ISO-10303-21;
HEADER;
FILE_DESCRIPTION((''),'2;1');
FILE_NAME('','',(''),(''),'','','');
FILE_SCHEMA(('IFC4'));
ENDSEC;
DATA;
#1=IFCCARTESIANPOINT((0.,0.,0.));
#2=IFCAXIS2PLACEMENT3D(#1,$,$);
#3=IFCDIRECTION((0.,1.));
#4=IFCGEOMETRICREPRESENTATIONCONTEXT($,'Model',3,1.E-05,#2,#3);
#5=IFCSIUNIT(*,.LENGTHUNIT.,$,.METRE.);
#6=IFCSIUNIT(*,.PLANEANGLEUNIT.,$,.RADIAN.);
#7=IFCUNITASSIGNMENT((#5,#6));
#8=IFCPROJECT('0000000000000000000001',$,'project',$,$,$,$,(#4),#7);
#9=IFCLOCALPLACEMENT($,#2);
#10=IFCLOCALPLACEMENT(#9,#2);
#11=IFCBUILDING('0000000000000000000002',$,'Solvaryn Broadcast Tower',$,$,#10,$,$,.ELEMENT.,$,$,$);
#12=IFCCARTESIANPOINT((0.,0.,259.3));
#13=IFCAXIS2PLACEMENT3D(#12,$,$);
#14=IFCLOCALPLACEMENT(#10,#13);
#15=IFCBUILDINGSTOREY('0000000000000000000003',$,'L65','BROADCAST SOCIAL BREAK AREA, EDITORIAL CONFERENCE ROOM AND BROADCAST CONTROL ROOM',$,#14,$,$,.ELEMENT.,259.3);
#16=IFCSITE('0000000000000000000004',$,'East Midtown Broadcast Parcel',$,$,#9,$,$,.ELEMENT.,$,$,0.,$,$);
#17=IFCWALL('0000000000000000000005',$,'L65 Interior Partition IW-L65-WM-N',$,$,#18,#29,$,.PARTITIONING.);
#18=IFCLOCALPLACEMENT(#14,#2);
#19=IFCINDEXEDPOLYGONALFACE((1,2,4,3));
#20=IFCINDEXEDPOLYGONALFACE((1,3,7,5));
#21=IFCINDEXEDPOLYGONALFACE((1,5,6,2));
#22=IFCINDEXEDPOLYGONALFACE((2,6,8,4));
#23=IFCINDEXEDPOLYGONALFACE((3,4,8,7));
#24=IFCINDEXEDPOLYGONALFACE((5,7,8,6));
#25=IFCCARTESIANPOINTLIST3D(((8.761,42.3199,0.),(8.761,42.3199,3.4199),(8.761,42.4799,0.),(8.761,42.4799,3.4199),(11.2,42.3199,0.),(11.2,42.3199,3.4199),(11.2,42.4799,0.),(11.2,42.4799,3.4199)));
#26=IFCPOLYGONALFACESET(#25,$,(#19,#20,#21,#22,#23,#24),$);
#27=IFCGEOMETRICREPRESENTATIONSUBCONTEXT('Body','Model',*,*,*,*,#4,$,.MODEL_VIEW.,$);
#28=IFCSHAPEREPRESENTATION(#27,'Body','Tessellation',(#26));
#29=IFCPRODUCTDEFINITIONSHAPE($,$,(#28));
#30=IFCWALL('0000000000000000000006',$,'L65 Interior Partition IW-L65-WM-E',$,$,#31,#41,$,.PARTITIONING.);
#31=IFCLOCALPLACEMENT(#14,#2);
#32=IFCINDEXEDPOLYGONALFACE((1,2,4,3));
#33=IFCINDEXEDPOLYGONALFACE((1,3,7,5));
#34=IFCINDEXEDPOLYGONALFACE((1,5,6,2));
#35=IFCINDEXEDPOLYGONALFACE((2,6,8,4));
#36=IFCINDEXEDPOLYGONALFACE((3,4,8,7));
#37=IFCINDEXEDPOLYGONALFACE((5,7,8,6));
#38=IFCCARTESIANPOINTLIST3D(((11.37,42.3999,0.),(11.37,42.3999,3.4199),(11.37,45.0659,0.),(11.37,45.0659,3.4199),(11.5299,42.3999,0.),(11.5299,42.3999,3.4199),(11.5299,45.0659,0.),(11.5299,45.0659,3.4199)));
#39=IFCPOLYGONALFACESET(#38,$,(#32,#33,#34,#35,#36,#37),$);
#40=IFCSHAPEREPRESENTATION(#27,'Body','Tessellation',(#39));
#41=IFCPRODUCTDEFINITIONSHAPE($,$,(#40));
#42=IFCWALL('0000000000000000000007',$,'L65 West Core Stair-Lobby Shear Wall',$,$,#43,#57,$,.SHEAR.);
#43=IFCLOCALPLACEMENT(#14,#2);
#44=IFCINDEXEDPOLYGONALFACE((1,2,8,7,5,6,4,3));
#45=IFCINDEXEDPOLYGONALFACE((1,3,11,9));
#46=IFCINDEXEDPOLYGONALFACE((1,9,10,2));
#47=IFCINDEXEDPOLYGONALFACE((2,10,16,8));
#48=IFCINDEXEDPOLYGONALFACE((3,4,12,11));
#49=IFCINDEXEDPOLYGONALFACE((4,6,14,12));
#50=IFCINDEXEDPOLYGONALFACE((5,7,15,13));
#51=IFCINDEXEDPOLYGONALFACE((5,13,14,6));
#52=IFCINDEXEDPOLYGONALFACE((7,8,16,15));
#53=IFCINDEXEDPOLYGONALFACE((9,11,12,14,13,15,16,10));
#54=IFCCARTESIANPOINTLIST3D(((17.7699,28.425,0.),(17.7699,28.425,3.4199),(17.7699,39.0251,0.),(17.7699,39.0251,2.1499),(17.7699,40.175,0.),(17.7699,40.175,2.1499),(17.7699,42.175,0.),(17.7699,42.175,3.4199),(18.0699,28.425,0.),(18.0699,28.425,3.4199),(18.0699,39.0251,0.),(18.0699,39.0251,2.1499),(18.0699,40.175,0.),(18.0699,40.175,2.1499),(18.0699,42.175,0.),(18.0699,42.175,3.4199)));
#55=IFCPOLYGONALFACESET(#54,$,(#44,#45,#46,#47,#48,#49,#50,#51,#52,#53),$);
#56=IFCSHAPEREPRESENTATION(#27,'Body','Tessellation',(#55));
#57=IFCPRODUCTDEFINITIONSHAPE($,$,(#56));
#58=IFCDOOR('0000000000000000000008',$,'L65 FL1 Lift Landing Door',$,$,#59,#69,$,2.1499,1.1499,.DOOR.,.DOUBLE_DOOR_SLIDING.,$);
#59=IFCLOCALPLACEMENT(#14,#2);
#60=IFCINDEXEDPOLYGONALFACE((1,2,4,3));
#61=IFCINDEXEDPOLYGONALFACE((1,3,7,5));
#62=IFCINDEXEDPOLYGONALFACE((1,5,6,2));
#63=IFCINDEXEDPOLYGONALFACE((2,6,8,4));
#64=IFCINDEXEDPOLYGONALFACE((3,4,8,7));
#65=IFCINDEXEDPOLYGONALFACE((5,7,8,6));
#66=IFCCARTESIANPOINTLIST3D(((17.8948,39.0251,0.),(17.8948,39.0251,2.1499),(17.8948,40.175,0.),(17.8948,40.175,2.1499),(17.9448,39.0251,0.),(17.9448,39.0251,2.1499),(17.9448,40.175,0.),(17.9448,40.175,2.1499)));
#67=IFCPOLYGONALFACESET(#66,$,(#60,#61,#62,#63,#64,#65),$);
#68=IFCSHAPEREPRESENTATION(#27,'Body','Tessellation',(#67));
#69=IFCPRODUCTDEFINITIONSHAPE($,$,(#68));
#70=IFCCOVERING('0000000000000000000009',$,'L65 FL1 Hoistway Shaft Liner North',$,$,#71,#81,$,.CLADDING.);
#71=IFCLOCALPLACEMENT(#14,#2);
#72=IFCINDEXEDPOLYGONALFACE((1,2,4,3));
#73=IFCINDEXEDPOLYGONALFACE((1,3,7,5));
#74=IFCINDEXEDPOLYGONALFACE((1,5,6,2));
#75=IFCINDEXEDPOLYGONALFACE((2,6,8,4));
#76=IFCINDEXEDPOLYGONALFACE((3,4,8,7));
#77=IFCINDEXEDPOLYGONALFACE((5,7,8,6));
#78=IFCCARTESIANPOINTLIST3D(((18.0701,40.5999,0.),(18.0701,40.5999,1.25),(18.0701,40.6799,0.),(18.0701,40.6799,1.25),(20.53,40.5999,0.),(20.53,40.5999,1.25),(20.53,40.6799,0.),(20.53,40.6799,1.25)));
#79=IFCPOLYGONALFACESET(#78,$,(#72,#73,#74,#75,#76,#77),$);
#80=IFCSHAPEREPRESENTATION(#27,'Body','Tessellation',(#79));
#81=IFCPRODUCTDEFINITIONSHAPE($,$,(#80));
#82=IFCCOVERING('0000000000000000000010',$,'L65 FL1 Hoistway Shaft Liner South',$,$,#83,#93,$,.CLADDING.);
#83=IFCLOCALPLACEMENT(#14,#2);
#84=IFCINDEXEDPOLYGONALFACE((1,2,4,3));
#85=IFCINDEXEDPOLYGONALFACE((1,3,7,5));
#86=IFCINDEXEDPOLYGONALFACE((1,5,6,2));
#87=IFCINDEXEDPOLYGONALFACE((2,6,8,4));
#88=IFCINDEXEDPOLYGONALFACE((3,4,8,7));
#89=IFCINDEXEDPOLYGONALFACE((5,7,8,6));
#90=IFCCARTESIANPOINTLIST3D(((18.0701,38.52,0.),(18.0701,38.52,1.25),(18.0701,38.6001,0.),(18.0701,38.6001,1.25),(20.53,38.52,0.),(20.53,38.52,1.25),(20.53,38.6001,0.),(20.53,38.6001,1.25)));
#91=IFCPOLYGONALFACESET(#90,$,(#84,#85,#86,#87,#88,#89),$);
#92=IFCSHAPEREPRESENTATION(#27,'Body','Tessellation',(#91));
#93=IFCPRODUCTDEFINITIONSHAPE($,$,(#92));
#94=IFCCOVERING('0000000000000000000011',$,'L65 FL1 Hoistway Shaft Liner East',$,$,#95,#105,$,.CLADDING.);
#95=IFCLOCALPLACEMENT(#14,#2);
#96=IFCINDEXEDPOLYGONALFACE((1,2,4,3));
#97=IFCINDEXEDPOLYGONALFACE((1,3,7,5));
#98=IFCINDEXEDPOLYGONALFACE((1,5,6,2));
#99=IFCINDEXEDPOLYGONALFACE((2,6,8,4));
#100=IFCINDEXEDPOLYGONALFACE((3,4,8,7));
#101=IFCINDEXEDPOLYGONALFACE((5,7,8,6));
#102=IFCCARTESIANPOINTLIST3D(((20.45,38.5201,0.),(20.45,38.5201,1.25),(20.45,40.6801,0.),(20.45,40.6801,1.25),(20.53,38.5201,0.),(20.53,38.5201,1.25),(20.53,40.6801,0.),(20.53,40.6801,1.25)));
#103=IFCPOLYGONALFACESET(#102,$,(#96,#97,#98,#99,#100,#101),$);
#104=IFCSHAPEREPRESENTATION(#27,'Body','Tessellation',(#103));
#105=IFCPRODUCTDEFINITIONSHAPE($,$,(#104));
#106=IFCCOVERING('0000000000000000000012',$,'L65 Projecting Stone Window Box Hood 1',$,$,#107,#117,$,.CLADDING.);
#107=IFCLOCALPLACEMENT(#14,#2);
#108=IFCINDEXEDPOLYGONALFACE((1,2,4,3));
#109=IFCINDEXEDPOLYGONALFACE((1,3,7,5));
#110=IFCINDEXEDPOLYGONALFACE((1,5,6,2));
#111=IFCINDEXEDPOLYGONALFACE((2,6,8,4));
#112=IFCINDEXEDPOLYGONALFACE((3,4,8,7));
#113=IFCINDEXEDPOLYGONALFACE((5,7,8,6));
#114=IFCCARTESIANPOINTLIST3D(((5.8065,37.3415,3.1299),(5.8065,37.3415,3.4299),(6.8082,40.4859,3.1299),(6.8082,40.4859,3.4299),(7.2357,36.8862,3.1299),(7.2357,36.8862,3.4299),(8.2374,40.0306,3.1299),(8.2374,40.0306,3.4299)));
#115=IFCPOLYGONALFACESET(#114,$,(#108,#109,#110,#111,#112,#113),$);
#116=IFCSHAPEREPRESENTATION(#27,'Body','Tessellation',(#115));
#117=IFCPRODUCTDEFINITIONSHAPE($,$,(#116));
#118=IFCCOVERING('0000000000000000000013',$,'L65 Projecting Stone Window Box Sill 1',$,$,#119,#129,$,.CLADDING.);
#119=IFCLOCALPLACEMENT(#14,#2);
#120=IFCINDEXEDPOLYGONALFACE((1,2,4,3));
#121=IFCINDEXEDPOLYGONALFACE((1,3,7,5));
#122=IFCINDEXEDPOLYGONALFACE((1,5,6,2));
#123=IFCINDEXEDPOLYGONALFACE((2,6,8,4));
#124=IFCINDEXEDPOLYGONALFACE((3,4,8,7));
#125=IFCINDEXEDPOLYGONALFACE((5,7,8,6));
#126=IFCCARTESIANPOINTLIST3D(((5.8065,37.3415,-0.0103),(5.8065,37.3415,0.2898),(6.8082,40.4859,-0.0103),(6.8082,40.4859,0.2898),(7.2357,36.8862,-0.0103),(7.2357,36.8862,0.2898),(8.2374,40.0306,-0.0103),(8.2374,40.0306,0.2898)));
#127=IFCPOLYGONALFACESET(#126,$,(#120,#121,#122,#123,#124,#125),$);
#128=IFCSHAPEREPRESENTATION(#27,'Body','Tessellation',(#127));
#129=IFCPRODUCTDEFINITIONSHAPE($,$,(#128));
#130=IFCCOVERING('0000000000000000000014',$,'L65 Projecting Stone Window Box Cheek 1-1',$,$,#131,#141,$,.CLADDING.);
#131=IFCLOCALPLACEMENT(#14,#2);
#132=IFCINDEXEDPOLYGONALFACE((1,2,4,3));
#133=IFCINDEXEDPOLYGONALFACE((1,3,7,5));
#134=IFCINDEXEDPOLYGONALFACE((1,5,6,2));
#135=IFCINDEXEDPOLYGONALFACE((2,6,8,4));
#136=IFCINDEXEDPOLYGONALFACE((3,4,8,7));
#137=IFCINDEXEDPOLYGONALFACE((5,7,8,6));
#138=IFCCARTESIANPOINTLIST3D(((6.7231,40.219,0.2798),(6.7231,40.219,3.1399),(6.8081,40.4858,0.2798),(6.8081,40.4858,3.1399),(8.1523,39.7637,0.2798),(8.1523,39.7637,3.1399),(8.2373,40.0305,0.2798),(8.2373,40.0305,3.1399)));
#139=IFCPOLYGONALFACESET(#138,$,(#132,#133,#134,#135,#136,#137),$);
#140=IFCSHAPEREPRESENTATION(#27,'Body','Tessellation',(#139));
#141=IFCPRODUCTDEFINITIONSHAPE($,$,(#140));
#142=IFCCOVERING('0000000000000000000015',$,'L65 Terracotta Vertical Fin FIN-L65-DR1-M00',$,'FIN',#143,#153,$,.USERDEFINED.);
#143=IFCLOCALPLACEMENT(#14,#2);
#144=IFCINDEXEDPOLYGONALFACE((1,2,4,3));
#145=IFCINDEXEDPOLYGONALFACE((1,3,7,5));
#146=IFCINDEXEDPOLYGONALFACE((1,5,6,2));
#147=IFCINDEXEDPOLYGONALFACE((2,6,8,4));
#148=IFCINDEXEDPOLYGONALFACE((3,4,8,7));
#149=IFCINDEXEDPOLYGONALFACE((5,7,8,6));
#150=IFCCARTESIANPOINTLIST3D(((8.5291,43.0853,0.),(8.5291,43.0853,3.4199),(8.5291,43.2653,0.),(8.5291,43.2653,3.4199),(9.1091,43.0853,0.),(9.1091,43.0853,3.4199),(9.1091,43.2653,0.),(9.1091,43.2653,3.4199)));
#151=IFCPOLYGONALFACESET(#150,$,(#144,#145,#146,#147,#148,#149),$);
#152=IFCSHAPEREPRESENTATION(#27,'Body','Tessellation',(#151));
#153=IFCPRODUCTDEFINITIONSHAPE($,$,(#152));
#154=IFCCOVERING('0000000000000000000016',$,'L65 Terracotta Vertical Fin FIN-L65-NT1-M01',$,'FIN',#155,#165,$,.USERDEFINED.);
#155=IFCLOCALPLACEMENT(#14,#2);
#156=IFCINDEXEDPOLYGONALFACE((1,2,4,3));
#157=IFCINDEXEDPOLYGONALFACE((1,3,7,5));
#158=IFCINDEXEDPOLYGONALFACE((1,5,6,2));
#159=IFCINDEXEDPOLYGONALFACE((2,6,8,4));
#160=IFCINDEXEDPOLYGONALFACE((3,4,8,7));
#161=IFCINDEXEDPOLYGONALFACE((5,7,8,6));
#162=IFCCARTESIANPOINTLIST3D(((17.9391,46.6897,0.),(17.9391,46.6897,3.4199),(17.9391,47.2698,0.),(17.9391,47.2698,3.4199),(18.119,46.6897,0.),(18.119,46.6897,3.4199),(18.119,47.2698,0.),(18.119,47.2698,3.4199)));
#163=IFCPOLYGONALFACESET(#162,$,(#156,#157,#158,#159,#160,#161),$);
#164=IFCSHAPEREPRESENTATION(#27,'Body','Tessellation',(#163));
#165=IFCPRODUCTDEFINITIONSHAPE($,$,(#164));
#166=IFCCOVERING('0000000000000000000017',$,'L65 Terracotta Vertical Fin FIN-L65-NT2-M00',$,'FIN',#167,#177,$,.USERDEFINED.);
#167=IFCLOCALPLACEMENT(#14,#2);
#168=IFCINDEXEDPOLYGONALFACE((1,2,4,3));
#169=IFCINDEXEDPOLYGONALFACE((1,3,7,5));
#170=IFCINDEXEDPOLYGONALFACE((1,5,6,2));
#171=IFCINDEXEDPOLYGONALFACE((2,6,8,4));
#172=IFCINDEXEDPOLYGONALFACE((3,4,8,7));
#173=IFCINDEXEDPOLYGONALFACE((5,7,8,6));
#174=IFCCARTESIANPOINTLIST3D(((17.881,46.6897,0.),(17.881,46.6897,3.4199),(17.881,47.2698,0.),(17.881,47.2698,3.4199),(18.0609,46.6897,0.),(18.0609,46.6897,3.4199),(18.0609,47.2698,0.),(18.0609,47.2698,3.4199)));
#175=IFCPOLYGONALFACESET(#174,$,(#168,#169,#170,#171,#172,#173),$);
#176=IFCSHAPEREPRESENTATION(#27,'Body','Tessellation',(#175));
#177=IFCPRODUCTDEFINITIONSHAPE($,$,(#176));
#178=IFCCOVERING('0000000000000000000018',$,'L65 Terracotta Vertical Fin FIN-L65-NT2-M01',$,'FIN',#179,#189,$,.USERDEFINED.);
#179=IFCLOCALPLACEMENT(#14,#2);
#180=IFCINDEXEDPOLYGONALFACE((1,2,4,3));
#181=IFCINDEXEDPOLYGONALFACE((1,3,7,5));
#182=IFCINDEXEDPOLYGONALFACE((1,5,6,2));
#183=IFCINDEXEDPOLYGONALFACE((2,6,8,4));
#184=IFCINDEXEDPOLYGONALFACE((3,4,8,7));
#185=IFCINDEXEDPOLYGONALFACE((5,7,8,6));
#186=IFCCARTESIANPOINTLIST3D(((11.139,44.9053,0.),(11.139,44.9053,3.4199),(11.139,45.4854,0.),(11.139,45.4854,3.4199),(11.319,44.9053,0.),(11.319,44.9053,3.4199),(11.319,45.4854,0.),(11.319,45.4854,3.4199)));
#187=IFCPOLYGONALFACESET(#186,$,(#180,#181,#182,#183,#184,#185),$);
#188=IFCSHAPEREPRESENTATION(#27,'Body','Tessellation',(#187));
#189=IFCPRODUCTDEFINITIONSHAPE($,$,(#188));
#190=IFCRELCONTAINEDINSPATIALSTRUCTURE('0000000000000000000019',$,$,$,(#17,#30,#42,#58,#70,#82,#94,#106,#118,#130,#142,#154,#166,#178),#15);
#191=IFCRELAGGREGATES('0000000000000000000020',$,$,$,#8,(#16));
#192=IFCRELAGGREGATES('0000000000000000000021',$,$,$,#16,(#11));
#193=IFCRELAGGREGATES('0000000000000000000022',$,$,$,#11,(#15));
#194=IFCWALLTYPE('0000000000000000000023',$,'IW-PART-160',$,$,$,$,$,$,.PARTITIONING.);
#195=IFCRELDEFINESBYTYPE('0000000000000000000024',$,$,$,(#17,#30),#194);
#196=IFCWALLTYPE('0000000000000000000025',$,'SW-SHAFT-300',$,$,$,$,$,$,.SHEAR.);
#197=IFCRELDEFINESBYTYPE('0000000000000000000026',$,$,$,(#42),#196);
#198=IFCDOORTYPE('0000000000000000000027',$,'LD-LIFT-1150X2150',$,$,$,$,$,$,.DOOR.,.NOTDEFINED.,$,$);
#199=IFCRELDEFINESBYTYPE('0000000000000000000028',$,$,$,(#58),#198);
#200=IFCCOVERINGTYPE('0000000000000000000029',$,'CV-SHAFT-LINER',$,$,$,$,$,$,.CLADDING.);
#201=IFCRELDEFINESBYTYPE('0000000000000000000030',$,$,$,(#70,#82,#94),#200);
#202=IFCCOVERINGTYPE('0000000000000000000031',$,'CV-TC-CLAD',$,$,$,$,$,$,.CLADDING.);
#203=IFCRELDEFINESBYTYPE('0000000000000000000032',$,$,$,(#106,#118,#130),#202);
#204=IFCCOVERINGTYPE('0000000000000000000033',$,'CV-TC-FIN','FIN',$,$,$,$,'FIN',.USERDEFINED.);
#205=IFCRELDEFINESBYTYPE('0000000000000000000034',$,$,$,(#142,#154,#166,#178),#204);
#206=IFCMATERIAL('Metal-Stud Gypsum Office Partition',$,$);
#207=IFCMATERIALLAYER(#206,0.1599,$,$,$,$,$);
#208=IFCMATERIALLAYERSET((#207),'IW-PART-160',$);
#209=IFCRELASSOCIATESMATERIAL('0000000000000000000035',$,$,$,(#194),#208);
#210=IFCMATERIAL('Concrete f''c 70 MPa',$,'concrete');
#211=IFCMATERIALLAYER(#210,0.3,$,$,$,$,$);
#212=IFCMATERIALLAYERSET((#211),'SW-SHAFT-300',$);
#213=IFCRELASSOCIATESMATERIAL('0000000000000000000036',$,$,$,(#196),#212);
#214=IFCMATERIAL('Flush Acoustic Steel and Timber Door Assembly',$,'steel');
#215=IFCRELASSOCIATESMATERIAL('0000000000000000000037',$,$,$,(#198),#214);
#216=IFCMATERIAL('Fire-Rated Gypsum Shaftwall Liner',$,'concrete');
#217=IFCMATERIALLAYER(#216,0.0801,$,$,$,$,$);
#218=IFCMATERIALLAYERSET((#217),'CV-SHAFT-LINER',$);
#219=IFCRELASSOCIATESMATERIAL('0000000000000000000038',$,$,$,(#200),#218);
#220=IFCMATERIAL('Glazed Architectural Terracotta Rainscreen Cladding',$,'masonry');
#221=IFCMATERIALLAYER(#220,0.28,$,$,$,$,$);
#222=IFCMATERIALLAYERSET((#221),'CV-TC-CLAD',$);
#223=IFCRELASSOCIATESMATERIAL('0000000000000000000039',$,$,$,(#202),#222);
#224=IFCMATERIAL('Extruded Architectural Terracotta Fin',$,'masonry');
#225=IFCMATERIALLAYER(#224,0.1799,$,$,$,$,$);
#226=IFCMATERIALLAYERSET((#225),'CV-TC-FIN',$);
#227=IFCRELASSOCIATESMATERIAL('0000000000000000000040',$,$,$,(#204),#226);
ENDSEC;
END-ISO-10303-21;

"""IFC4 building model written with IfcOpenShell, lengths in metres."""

from ifc_helpers import new_model, si_unit, direction, frame, frame_2d, origin, origin_2d, place, context, subcontext, project, spatial, rectangle, extrude, material, layer, layer_set, type_object, element, fill, save


model = new_model("IFC4")

# Units and contexts
model_context = context("Model", 3, precision=1e-05, world=origin(), true_north=direction((0.0, 1.0)))
body_context = subcontext(model_context, "Body", "Model", "MODEL_VIEW")
ifc_project = project(units=[si_unit("LENGTHUNIT", "METRE"), si_unit("PLANEANGLEUNIT", "RADIAN")], contexts=[model_context])

# Site, building, storey
site_placement = place(None, origin())
site = spatial("IfcSite", under=ifc_project, at=site_placement, Name="East Midtown Broadcast Parcel", CompositionType="ELEMENT", RefElevation=0.0)
building_placement = place(site_placement, origin())
building = spatial("IfcBuilding", under=site, at=building_placement, Name="Solvaryn Broadcast Tower", CompositionType="ELEMENT")
storey_placement = place(building_placement, frame((0.0, 0.0, 259.3)))
storey = spatial("IfcBuildingStorey", under=building, at=storey_placement, Name="L65", Description="BROADCAST SOCIAL BREAK AREA, EDITORIAL CONFERENCE ROOM AND BROADCAST CONTROL ROOM", CompositionType="ELEMENT", Elevation=259.3)

# Walls
ifc_material_1 = material(Name="Metal-Stud Gypsum Office Partition")
ifc_layer_1 = layer(ifc_material_1, 0.1599)
ifc_layer_set_1 = layer_set([ifc_layer_1], Name="IW-PART-160")
wall_type_1 = type_object("IfcWallType", Name="IW-PART-160", PredefinedType="PARTITIONING", material=ifc_layer_set_1)
wall_1_placement = place(storey_placement, frame((8.761, 42.3999, 0.0), z_axis=(0.0, 0.0, 1.0), x_axis=(1.0, 0.0, 0.0)))
element("IfcWall", 1, at=wall_1_placement, inside=storey, type_object=wall_type_1, Name="L65 Interior Partition IW-L65-WM-N", PredefinedType="PARTITIONING", context=body_context, shape_type="SweptSolid", body=[
    extrude(rectangle(XDim=2.439, YDim=0.1599, at=frame_2d((1.2195, 0.0))), origin(), (0.0, 0.0, 1.0), 3.4199),
])
wall_2_placement = place(storey_placement, frame((11.45, 42.3999, 0.0), z_axis=(0.0, 0.0, 1.0), x_axis=(0.0, 1.0, 0.0)))
element("IfcWall", 2, at=wall_2_placement, inside=storey, type_object=wall_type_1, Name="L65 Interior Partition IW-L65-WM-E", PredefinedType="PARTITIONING", context=body_context, shape_type="SweptSolid", body=[
    extrude(rectangle(XDim=2.666, YDim=0.1599, at=frame_2d((1.333, 0.0))), origin(), (0.0, 0.0, 1.0), 3.4199),
])

# Wall, opening, door
ifc_material_2 = material(Name="Concrete f'c 70 MPa", Category="concrete")
ifc_layer_2 = layer(ifc_material_2, 0.3)
ifc_layer_set_2 = layer_set([ifc_layer_2], Name="SW-SHAFT-300")
wall_type_2 = type_object("IfcWallType", Name="SW-SHAFT-300", PredefinedType="SHEAR", material=ifc_layer_set_2)
wall_3_placement = place(storey_placement, frame((17.9199, 42.175, 0.0), z_axis=(0.0, 0.0, 1.0), x_axis=(0.0, -1.0, 0.0)))
wall_3 = element("IfcWall", 3, at=wall_3_placement, inside=storey, type_object=wall_type_2, Name="L65 West Core Stair-Lobby Shear Wall", PredefinedType="SHEAR", context=body_context, shape_type="SweptSolid", body=[
    extrude(rectangle(XDim=13.75, YDim=0.3, at=frame_2d((6.875, 0.0))), origin(), (0.0, 0.0, 1.0), 3.4199),
])
opening_placement = place(wall_3_placement, frame((2.0, 0.0, 0.0)))
opening = element("IfcOpeningElement", 4, at=opening_placement, cuts=wall_3, PredefinedType="OPENING", context=body_context, shape_type="SweptSolid", body=[
    extrude(rectangle(XDim=1.1499, YDim=2.1499, at=frame_2d((0.575, 1.075))), frame((0.0, 0.1599, 0.0), z_axis=(0.0, -1.0, 0.0), x_axis=(1.0, 0.0, 0.0)), (0.0, 0.0, 1.0), 0.3201),
])
ifc_material_3 = material(Name="Flush Acoustic Steel and Timber Door Assembly", Category="steel")
door_type = type_object("IfcDoorType", Name="LD-LIFT-1150X2150", OperationType="NOTDEFINED", PredefinedType="DOOR", material=ifc_material_3)
door_placement = place(opening_placement, origin())
door = element("IfcDoor", 5, at=door_placement, inside=storey, type_object=door_type, Name="L65 FL1 Lift Landing Door", OperationType="DOUBLE_DOOR_SLIDING", OverallHeight=2.1499, OverallWidth=1.1499, PredefinedType="DOOR", context=body_context, shape_type="SweptSolid", body=[
    extrude(rectangle(XDim=1.1499, YDim=2.1499, at=frame_2d((0.575, 1.075))), frame((0.0, 0.0249, 0.0), z_axis=(0.0, -1.0, 0.0), x_axis=(1.0, 0.0, 0.0)), (0.0, 0.0, 1.0), 0.05),
])
fill(opening, door)

# Coverings
ifc_material_4 = material(Name="Fire-Rated Gypsum Shaftwall Liner", Category="concrete")
ifc_layer_3 = layer(ifc_material_4, 0.0801)
ifc_layer_set_3 = layer_set([ifc_layer_3], Name="CV-SHAFT-LINER")
covering_type_1 = type_object("IfcCoveringType", Name="CV-SHAFT-LINER", PredefinedType="CLADDING", material=ifc_layer_set_3)
for number, where, z_axis, x_axis, name in (
    (6, (19.3, 40.6399, 0.0), (0.0, 0.0, 1.0), (1.0, 0.0, 0.0), "L65 FL1 Hoistway Shaft Liner North"),
    (7, (19.3, 38.5601, 0.0), (0.0, 0.0, 1.0), (1.0, 0.0, 0.0), "L65 FL1 Hoistway Shaft Liner South"),
):
    element("IfcCovering", number, at=place(storey_placement, frame(where, z_axis=z_axis, x_axis=x_axis)), inside=storey, type_object=covering_type_1, Name=name, PredefinedType="CLADDING", context=body_context, shape_type="SweptSolid", body=[
        extrude(rectangle(XDim=2.46, YDim=0.0801, at=origin_2d()), origin(), (0.0, 0.0, 1.0), 1.25),
    ])
covering_1_placement = place(storey_placement, frame((20.49, 39.6001, 0.0), z_axis=(0.0, 0.0, 1.0), x_axis=(1.0, 0.0, 0.0)))
element("IfcCovering", 8, at=covering_1_placement, inside=storey, type_object=covering_type_1, Name="L65 FL1 Hoistway Shaft Liner East", PredefinedType="CLADDING", context=body_context, shape_type="SweptSolid", body=[
    extrude(rectangle(XDim=0.0801, YDim=2.1599, at=origin_2d()), origin(), (0.0, 0.0, 1.0), 1.25),
])
ifc_material_5 = material(Name="Glazed Architectural Terracotta Rainscreen Cladding", Category="masonry")
ifc_layer_4 = layer(ifc_material_5, 0.28)
ifc_layer_set_4 = layer_set([ifc_layer_4], Name="CV-TC-CLAD")
covering_type_2 = type_object("IfcCoveringType", Name="CV-TC-CLAD", PredefinedType="CLADDING", material=ifc_layer_set_4)
for number, where, z_axis, x_axis, name in (
    (9, (7.022, 38.686, 3.1299), (0.0, 0.0, 1.0), (-0.303534, -0.952821, 0.0), "L65 Projecting Stone Window Box Hood 1"),
    (10, (7.022, 38.686, -0.0103), (0.0, 0.0, 1.0), (-0.303534, -0.952821, 0.0), "L65 Projecting Stone Window Box Sill 1"),
):
    element("IfcCovering", number, at=place(storey_placement, frame(where, z_axis=z_axis, x_axis=x_axis)), inside=storey, type_object=covering_type_2, Name=name, PredefinedType="CLADDING", context=body_context, shape_type="SweptSolid", body=[
        extrude(rectangle(XDim=3.3, YDim=1.5, at=origin_2d()), origin(), (0.0, 0.0, 1.0), 0.3),
    ])
covering_2_placement = place(storey_placement, frame((7.4802, 40.1248, 0.2798), z_axis=(0.0, 0.0, 1.0), x_axis=(-0.303534, -0.952821, 0.0)))
element("IfcCovering", 11, at=covering_2_placement, inside=storey, type_object=covering_type_2, Name="L65 Projecting Stone Window Box Cheek 1-1", PredefinedType="CLADDING", context=body_context, shape_type="SweptSolid", body=[
    extrude(rectangle(XDim=0.28, YDim=1.5, at=origin_2d()), origin(), (0.0, 0.0, 1.0), 2.8601),
])
ifc_material_6 = material(Name="Extruded Architectural Terracotta Fin", Category="masonry")
ifc_layer_5 = layer(ifc_material_6, 0.1799)
ifc_layer_set_5 = layer_set([ifc_layer_5], Name="CV-TC-FIN")
covering_type_3 = type_object("IfcCoveringType", Name="CV-TC-FIN", Description="FIN", ElementType="FIN", PredefinedType="USERDEFINED", material=ifc_layer_set_5)
covering_3_placement = place(storey_placement, frame((8.8191, 43.1753, 0.0), z_axis=(0.0, 0.0, 1.0), x_axis=(1.0, 0.0, 0.0)))
element("IfcCovering", 12, at=covering_3_placement, inside=storey, type_object=covering_type_3, Name="L65 Terracotta Vertical Fin FIN-L65-DR1-M00", ObjectType="FIN", PredefinedType="USERDEFINED", context=body_context, shape_type="SweptSolid", body=[
    extrude(rectangle(XDim=0.5801, YDim=0.1799, at=origin_2d()), origin(), (0.0, 0.0, 1.0), 3.4199),
])
for number, where, z_axis, x_axis, name in (
    (13, (18.0291, 46.9797, 0.0), (0.0, 0.0, 1.0), (1.0, 0.0, 0.0), "L65 Terracotta Vertical Fin FIN-L65-NT1-M01"),
    (14, (17.9709, 46.9797, 0.0), (0.0, 0.0, 1.0), (1.0, 0.0, 0.0), "L65 Terracotta Vertical Fin FIN-L65-NT2-M00"),
    (15, (11.229, 45.1953, 0.0), (0.0, 0.0, 1.0), (1.0, 0.0, 0.0), "L65 Terracotta Vertical Fin FIN-L65-NT2-M01"),
):
    element("IfcCovering", number, at=place(storey_placement, frame(where, z_axis=z_axis, x_axis=x_axis)), inside=storey, type_object=covering_type_3, Name=name, ObjectType="FIN", PredefinedType="USERDEFINED", context=body_context, shape_type="SweptSolid", body=[
        extrude(rectangle(XDim=0.1799, YDim=0.5801, at=origin_2d()), origin(), (0.0, 0.0, 1.0), 3.4199),
    ])

save(model, "model.ifc")
